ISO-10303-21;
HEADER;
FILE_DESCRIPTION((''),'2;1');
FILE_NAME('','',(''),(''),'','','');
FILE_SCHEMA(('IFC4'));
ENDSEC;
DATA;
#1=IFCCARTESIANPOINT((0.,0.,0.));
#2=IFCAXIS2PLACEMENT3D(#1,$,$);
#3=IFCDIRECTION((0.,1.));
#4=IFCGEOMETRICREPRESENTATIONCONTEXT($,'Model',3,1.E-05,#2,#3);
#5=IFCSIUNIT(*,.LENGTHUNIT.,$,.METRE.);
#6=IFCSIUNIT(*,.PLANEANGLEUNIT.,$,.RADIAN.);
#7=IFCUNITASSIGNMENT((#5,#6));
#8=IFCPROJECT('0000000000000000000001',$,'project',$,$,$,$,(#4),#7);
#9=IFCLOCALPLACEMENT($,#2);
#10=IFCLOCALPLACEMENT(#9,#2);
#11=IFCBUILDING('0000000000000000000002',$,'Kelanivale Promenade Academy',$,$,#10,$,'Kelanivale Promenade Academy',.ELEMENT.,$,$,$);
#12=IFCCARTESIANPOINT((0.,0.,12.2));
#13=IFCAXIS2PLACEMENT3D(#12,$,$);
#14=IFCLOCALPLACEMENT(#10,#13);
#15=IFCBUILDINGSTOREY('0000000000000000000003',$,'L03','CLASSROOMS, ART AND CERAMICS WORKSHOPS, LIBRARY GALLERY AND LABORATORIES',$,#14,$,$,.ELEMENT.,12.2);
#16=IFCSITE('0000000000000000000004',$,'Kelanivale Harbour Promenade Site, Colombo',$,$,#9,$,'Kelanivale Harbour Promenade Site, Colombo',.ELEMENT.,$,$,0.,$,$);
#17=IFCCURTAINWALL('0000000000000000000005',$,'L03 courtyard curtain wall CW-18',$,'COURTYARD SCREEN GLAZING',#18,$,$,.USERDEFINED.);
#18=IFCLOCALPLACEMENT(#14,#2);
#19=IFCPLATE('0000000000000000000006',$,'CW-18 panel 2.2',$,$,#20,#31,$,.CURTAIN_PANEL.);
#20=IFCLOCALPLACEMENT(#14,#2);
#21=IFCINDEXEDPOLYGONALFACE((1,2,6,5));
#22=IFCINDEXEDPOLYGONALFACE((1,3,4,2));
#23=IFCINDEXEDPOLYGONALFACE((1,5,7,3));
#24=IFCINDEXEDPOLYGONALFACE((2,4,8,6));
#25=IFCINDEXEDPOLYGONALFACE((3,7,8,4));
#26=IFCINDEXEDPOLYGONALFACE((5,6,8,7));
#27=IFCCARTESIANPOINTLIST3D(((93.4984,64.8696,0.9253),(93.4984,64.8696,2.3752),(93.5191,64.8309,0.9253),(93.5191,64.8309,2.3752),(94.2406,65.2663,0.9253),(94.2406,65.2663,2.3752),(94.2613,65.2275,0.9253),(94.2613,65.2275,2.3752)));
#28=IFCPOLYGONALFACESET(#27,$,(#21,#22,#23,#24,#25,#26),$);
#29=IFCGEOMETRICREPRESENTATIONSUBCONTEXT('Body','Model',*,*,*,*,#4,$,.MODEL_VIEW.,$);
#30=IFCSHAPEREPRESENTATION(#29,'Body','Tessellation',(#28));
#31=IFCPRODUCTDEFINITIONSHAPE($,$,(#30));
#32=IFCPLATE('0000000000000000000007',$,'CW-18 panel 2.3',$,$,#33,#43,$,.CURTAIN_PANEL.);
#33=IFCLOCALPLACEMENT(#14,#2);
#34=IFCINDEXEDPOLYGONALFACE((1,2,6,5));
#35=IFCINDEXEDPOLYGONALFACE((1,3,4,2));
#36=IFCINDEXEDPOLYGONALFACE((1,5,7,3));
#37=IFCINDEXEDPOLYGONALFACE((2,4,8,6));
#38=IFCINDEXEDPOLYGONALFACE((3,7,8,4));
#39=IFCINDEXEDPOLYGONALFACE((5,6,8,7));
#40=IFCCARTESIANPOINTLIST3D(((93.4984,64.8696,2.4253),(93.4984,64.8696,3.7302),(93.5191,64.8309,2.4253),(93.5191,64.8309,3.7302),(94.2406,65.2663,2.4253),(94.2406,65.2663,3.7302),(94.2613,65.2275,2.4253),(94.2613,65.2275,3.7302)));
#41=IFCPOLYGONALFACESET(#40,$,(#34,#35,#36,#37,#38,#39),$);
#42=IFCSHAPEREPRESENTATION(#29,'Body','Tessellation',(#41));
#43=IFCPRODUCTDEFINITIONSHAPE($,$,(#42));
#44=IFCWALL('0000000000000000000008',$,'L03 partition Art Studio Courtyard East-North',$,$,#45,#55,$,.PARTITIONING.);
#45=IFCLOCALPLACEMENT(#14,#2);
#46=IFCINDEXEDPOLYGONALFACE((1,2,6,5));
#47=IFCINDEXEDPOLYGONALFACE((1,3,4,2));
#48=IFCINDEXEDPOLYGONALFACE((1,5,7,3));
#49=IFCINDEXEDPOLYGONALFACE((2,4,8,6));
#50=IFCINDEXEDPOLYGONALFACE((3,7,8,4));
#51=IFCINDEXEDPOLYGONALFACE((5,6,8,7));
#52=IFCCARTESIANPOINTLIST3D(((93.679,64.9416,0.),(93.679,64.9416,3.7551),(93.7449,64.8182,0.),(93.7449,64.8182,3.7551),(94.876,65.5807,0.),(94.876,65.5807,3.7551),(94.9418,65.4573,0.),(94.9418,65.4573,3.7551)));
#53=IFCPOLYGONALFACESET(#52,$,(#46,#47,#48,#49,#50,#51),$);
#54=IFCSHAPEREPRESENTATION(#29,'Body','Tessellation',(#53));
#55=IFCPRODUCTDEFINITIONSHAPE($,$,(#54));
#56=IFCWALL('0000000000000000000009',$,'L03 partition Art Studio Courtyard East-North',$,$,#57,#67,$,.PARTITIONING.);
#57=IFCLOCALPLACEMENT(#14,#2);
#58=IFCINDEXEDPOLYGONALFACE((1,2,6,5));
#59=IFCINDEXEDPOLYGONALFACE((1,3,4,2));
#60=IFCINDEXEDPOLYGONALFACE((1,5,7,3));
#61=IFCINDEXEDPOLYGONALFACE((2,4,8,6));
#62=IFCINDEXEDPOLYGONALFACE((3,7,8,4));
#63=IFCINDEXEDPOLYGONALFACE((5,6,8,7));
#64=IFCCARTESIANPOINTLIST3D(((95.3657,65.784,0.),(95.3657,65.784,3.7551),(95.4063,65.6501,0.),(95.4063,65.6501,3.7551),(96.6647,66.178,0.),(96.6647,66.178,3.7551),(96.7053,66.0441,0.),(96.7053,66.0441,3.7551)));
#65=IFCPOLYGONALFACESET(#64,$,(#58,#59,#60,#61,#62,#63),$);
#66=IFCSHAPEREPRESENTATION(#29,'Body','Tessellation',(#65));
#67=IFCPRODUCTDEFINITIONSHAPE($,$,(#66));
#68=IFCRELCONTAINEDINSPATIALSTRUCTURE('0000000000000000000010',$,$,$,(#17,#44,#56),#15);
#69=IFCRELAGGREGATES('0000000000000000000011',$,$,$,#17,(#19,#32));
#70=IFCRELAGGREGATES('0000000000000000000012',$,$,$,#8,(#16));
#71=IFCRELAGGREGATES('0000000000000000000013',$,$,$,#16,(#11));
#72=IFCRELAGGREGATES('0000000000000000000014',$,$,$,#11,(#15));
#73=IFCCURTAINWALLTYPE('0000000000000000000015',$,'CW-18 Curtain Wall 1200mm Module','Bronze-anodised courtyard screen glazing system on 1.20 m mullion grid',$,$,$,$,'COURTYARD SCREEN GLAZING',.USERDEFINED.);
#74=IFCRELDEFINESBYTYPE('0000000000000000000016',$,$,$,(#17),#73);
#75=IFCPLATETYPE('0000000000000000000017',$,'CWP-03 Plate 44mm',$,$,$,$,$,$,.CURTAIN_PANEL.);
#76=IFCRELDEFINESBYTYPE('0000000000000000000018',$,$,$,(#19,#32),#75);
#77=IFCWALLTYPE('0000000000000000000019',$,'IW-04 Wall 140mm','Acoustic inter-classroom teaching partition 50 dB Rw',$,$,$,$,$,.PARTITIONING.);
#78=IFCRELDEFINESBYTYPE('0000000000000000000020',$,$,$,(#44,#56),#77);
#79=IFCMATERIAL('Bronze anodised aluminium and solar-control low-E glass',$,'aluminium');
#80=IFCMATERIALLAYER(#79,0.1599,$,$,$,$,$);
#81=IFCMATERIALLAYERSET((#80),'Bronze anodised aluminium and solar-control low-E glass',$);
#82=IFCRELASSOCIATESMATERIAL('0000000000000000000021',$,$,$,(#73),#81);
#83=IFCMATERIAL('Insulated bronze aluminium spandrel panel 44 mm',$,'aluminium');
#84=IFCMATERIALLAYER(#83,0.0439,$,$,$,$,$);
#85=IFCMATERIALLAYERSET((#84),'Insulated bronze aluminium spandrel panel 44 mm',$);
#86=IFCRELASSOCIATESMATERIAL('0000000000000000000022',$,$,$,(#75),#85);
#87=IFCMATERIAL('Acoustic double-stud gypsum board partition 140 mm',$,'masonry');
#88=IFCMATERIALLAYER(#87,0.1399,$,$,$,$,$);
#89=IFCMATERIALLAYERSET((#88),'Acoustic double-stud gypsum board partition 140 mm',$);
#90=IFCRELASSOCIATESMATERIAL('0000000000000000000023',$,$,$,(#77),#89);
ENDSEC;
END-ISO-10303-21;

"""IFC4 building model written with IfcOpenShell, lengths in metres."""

from ifc_helpers import new_model, si_unit, direction, frame, frame_2d, origin, origin_2d, place, context, subcontext, project, spatial, rectangle, extrude, material, layer, layer_set, type_object, element, aggregate, save


model = new_model("IFC4")

# Units and contexts
model_context = context("Model", 3, precision=1e-05, world=origin(), true_north=direction((0.0, 1.0)))
body_context = subcontext(model_context, "Body", "Model", "MODEL_VIEW")
ifc_project = project(units=[si_unit("LENGTHUNIT", "METRE"), si_unit("PLANEANGLEUNIT", "RADIAN")], contexts=[model_context])

# Site, building, storey
site_placement = place(None, origin())
site = spatial("IfcSite", under=ifc_project, at=site_placement, Name="Kelanivale Harbour Promenade Site, Colombo", LongName="Kelanivale Harbour Promenade Site, Colombo", CompositionType="ELEMENT", RefElevation=0.0)
building_placement = place(site_placement, origin())
building = spatial("IfcBuilding", under=site, at=building_placement, Name="Kelanivale Promenade Academy", LongName="Kelanivale Promenade Academy", CompositionType="ELEMENT")
storey_placement = place(building_placement, frame((0.0, 0.0, 12.2)))
storey = spatial("IfcBuildingStorey", under=building, at=storey_placement, Name="L03", Description="CLASSROOMS, ART AND CERAMICS WORKSHOPS, LIBRARY GALLERY AND LABORATORIES", CompositionType="ELEMENT", Elevation=12.2)

# Shared definitions
ifc_material_1 = material(Name="Bronze anodised aluminium and solar-control low-E glass", Category="aluminium")

# Curtain wall
ifc_layer_1 = layer(ifc_material_1, 0.1599)
ifc_layer_set_1 = layer_set([ifc_layer_1], Name="Bronze anodised aluminium and solar-control low-E glass")
curtain_wall_type_1 = type_object("IfcCurtainWallType", Name="CW-18 Curtain Wall 1200mm Module", Description="Bronze-anodised courtyard screen glazing system on 1.20 m mullion grid", ElementType="COURTYARD SCREEN GLAZING", PredefinedType="USERDEFINED", material=ifc_layer_set_1)
curtain_wall_1_placement = place(storey_placement, origin())
curtain_wall_1 = element("IfcCurtainWall", 1, at=curtain_wall_1_placement, inside=storey, type_object=curtain_wall_type_1, Name="L03 courtyard curtain wall CW-18", ObjectType="COURTYARD SCREEN GLAZING", PredefinedType="USERDEFINED")

# Shared definitions
ifc_material_2 = material(Name="Insulated bronze aluminium spandrel panel 44 mm", Category="aluminium")
ifc_layer_2 = layer(ifc_material_2, 0.0439)
ifc_layer_set_2 = layer_set([ifc_layer_2], Name="Insulated bronze aluminium spandrel panel 44 mm")
plate_type_1 = type_object("IfcPlateType", Name="CWP-03 Plate 44mm", PredefinedType="CURTAIN_PANEL", material=ifc_layer_set_2)

# Plates
plate_1_placement = place(storey_placement, frame((93.8799, 65.0486, 0.9253), z_axis=(0.0, 0.0, 1.0), x_axis=(-0.881966, -0.471312, 0.0)))
plate_1 = element("IfcPlate", 2, at=plate_1_placement, type_object=plate_type_1, Name="CW-18 panel 2.2", PredefinedType="CURTAIN_PANEL", context=body_context, shape_type="SweptSolid", body=[
    extrude(rectangle(XDim=0.8416, YDim=0.0439, at=origin_2d()), origin(), (0.0, 0.0, 1.0), 1.45),
])
plate_2_placement = place(storey_placement, frame((93.8799, 65.0486, 2.4253), z_axis=(0.0, 0.0, 1.0), x_axis=(-0.881966, -0.471312, 0.0)))
plate_2 = element("IfcPlate", 3, at=plate_2_placement, type_object=plate_type_1, Name="CW-18 panel 2.3", PredefinedType="CURTAIN_PANEL", context=body_context, shape_type="SweptSolid", body=[
    extrude(rectangle(XDim=0.8416, YDim=0.0439, at=origin_2d()), origin(), (0.0, 0.0, 1.0), 1.3049),
])
aggregate(curtain_wall_1, [plate_1, plate_2])

# Walls
ifc_material_3 = material(Name="Acoustic double-stud gypsum board partition 140 mm", Category="masonry")
ifc_layer_3 = layer(ifc_material_3, 0.1399)
ifc_layer_set_3 = layer_set([ifc_layer_3], Name="Acoustic double-stud gypsum board partition 140 mm")
wall_type = type_object("IfcWallType", Name="IW-04 Wall 140mm", Description="Acoustic inter-classroom teaching partition 50 dB Rw", PredefinedType="PARTITIONING", material=ifc_layer_set_3)
wall_1_placement = place(storey_placement, frame((93.7119, 64.8799, 0.0), z_axis=(0.0, 0.0, 1.0), x_axis=(0.882124, 0.471018, 0.0)))
element("IfcWall", 4, at=wall_1_placement, inside=storey, type_object=wall_type, Name="L03 partition Art Studio Courtyard East-North", PredefinedType="PARTITIONING", context=body_context, shape_type="SweptSolid", body=[
    extrude(rectangle(XDim=1.3569, YDim=0.1399, at=frame_2d((0.6785, 0.0))), origin(), (0.0, 0.0, 1.0), 3.7551),
])
wall_2_placement = place(storey_placement, frame((95.386, 65.717, 0.0), z_axis=(0.0, 0.0, 1.0), x_axis=(0.956946, 0.290267, 0.0)))
element("IfcWall", 5, at=wall_2_placement, inside=storey, type_object=wall_type, Name="L03 partition Art Studio Courtyard East-North", PredefinedType="PARTITIONING", context=body_context, shape_type="SweptSolid", body=[
    extrude(rectangle(XDim=1.3574, YDim=0.1399, at=frame_2d((0.6787, 0.0))), origin(), (0.0, 0.0, 1.0), 3.7551),
])

save(model, "model.ifc")
